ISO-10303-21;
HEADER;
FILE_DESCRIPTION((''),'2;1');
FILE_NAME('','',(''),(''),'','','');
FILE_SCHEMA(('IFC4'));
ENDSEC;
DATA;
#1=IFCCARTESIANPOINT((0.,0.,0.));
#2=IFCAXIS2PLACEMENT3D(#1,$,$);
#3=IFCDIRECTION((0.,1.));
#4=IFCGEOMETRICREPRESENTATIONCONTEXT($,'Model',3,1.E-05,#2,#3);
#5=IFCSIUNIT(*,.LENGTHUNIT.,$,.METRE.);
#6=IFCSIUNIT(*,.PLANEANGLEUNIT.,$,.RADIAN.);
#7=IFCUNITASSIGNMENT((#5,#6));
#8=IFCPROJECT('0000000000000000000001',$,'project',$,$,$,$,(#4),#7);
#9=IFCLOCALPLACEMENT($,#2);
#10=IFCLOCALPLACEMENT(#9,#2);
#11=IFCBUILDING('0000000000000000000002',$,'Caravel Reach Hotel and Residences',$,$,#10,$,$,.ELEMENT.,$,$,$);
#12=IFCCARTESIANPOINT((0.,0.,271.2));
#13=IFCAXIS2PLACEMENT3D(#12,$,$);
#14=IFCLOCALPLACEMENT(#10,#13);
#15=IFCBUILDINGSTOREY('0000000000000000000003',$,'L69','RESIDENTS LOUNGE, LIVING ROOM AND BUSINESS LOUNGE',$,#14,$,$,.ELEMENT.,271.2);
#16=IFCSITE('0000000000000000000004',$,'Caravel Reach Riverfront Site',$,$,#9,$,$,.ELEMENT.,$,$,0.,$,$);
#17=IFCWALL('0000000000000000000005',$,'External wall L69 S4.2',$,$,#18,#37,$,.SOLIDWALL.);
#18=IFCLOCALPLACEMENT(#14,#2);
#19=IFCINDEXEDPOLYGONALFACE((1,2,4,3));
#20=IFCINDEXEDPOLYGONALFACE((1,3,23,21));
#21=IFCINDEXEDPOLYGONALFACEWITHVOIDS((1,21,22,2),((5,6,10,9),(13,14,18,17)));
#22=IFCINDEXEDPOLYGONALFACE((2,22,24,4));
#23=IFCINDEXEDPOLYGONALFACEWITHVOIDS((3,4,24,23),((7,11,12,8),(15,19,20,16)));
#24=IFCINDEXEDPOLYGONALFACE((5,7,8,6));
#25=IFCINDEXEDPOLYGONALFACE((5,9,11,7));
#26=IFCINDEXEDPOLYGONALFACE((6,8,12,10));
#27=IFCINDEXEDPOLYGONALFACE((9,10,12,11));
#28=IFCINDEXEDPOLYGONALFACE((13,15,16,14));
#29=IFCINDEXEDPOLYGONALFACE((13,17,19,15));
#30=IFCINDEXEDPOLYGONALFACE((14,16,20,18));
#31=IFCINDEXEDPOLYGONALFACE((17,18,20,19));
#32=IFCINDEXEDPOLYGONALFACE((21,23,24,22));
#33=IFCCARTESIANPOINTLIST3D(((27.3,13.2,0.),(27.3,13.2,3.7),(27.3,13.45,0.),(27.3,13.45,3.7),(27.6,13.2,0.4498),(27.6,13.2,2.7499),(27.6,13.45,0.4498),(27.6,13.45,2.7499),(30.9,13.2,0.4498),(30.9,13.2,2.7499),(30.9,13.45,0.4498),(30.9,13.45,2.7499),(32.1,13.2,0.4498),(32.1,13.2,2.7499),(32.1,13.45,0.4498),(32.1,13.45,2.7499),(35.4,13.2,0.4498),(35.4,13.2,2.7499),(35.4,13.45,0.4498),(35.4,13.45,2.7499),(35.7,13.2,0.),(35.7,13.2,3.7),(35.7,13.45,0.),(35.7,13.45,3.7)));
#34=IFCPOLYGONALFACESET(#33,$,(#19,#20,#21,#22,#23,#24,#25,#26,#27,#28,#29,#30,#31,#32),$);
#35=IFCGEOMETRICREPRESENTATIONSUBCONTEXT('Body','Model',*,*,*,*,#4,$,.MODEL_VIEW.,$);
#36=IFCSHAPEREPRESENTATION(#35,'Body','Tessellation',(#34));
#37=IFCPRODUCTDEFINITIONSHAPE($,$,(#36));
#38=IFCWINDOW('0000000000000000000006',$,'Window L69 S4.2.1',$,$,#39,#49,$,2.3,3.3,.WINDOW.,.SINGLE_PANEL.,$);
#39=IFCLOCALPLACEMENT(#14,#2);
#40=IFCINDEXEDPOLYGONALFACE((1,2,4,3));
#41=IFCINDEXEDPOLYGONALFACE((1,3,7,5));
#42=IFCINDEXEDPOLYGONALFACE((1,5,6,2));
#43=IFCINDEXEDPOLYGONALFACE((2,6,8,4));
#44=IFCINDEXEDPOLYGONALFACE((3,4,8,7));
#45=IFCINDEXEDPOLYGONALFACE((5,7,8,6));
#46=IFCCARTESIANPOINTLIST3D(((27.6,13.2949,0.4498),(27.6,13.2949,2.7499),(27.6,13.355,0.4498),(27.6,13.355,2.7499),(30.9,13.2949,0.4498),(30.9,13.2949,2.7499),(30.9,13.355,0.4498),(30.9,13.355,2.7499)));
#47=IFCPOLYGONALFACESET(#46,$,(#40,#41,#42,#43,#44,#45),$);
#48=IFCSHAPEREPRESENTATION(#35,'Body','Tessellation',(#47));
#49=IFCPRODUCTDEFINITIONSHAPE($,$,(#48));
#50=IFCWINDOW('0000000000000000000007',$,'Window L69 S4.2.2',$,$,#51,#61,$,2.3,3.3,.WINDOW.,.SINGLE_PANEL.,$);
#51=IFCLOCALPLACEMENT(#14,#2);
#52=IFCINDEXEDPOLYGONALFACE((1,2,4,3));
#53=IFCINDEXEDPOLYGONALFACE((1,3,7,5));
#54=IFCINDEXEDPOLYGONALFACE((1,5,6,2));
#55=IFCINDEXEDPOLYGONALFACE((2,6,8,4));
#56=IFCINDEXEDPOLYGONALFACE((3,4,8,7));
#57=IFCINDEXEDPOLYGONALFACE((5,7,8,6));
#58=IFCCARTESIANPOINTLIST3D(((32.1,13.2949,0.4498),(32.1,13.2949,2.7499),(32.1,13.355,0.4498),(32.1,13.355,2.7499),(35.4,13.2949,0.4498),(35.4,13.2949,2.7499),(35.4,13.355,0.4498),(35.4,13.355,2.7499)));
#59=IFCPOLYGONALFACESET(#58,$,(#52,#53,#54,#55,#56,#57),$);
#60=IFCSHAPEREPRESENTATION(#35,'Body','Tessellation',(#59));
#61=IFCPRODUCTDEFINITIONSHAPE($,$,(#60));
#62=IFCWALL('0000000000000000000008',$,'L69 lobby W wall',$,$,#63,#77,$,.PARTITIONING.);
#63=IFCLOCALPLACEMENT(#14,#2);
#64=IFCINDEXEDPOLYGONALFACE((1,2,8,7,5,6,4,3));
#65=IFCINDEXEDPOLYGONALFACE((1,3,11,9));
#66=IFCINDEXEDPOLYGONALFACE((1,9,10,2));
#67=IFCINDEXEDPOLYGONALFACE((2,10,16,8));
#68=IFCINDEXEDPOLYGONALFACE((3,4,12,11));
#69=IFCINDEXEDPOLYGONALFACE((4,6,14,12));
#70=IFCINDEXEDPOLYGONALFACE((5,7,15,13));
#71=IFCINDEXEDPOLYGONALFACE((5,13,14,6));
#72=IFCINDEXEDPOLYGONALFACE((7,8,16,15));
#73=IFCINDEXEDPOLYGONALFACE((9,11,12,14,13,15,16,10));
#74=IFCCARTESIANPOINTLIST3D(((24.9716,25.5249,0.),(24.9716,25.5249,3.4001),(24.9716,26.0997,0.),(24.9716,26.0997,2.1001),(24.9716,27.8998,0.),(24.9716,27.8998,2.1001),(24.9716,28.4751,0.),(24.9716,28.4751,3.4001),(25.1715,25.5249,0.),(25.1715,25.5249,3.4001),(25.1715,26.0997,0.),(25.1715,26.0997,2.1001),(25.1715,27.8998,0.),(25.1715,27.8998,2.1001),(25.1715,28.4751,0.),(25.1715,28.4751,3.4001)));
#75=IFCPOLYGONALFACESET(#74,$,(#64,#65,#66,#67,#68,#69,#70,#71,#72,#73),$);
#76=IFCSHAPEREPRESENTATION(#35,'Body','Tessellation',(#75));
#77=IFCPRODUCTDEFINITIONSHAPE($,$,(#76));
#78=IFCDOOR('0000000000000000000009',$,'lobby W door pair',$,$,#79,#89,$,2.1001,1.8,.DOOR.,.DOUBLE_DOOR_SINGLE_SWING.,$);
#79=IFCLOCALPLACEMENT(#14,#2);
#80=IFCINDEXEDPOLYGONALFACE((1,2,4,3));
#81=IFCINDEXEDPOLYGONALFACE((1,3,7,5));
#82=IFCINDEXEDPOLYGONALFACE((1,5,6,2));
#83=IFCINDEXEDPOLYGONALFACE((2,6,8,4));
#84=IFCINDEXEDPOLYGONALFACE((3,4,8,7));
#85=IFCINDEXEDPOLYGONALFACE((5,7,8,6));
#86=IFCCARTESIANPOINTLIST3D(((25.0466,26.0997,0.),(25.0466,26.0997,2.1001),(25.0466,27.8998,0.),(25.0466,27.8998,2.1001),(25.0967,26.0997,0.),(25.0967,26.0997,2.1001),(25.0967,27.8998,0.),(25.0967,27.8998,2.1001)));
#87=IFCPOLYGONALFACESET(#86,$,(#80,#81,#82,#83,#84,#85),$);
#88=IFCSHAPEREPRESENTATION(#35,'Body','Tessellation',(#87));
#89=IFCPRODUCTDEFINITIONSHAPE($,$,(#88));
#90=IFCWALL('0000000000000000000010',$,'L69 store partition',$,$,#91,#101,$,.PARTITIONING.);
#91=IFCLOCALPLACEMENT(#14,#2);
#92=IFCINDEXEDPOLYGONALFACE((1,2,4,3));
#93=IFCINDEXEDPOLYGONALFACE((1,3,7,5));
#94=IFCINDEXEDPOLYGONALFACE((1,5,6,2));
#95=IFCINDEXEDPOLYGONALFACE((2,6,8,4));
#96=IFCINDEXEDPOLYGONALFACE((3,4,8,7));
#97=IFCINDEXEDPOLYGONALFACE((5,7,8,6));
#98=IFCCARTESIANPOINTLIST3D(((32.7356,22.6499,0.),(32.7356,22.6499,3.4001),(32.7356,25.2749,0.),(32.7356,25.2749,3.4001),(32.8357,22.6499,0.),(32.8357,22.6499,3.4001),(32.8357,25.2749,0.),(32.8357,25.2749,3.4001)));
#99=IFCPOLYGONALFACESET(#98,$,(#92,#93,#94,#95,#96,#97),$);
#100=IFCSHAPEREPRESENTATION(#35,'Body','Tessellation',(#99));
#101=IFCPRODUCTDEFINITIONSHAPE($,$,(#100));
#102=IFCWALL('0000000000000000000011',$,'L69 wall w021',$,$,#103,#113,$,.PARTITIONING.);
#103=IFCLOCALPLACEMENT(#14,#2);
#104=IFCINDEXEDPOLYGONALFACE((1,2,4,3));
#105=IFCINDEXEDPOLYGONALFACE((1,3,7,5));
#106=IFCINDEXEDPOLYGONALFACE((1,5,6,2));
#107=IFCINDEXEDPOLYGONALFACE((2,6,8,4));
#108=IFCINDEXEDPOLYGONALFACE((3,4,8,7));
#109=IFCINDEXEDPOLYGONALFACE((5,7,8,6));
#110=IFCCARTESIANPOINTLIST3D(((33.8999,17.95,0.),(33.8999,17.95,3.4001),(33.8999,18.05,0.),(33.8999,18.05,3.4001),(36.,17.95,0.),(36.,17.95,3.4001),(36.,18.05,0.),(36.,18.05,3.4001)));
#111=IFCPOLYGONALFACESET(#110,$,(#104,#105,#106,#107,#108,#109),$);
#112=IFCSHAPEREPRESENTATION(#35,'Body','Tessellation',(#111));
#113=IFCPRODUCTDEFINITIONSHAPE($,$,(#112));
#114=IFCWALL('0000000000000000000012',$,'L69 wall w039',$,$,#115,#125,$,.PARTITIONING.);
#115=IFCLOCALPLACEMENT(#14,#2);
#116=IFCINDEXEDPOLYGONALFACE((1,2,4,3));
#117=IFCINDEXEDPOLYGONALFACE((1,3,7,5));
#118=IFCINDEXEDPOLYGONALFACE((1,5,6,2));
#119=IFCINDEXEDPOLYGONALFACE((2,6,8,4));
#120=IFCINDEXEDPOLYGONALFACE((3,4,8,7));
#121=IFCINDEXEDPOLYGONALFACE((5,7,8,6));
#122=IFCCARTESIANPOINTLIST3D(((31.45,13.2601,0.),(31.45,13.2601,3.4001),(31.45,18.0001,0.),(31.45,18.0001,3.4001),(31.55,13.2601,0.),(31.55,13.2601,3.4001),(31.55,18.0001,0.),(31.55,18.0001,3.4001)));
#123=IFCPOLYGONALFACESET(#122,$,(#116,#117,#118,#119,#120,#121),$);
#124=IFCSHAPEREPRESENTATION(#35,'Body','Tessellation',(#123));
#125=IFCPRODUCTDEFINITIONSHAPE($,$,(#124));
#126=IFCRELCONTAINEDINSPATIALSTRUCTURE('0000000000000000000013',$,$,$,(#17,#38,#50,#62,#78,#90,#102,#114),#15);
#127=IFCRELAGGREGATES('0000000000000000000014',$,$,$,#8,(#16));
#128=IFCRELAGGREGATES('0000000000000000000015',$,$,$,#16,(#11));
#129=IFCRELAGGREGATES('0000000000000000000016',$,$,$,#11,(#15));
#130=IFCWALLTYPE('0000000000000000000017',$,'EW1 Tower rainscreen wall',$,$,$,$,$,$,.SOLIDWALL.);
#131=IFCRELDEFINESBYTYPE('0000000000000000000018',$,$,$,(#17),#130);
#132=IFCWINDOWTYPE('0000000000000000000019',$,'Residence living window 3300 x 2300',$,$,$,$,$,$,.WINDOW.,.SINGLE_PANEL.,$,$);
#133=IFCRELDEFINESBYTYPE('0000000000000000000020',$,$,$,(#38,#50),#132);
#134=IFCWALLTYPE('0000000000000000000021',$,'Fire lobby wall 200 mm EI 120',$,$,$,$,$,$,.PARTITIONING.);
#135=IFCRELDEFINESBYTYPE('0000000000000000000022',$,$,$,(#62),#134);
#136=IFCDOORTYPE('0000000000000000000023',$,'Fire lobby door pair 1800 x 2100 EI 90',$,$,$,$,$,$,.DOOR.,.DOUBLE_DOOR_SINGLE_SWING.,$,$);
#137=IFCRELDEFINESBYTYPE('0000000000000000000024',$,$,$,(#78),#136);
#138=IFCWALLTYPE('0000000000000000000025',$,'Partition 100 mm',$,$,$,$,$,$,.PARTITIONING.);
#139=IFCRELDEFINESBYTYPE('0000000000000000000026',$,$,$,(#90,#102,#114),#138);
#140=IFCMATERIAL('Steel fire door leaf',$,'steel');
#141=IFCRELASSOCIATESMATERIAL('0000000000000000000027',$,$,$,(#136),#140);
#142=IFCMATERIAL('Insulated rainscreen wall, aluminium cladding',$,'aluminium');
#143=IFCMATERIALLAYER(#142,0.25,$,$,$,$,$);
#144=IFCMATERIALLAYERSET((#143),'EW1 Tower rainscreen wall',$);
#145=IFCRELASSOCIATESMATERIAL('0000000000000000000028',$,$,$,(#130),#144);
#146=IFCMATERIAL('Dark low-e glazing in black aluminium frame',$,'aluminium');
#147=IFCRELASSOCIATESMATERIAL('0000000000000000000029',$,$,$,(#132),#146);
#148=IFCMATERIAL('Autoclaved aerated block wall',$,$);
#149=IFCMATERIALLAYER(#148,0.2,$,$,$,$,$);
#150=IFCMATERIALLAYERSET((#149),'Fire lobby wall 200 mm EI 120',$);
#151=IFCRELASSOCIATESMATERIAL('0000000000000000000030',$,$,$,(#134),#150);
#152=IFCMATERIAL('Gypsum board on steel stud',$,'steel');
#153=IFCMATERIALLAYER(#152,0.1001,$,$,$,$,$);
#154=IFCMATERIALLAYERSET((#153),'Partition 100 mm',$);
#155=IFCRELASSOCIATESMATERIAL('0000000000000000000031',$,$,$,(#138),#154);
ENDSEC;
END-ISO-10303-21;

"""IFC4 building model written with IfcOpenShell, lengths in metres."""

from ifc_helpers import new_model, si_unit, direction, frame, frame_2d, origin, place, context, subcontext, project, spatial, rectangle, extrude, material, layer, layer_set, type_object, element, fill, save


model = new_model("IFC4")

# Units and contexts
model_context = context("Model", 3, precision=1e-05, world=origin(), true_north=direction((0.0, 1.0)))
body_context = subcontext(model_context, "Body", "Model", "MODEL_VIEW")
ifc_project = project(units=[si_unit("LENGTHUNIT", "METRE"), si_unit("PLANEANGLEUNIT", "RADIAN")], contexts=[model_context])

# Site, building, storey
site_placement = place(None, origin())
site = spatial("IfcSite", under=ifc_project, at=site_placement, Name="Caravel Reach Riverfront Site", CompositionType="ELEMENT", RefElevation=0.0)
building_placement = place(site_placement, origin())
building = spatial("IfcBuilding", under=site, at=building_placement, Name="Caravel Reach Hotel and Residences", CompositionType="ELEMENT")
storey_placement = place(building_placement, frame((0.0, 0.0, 271.2)))
storey = spatial("IfcBuildingStorey", under=building, at=storey_placement, Name="L69", Description="RESIDENTS LOUNGE, LIVING ROOM AND BUSINESS LOUNGE", CompositionType="ELEMENT", Elevation=271.2)

# Shared definitions
ifc_material_1 = material(Name="Steel fire door leaf", Category="steel")
door_type = type_object("IfcDoorType", Name="Fire lobby door pair 1800 x 2100 EI 90", OperationType="DOUBLE_DOOR_SINGLE_SWING", PredefinedType="DOOR", material=ifc_material_1)

# Wall, openings, windows
ifc_material_2 = material(Name="Insulated rainscreen wall, aluminium cladding", Category="aluminium")
ifc_layer_1 = layer(ifc_material_2, 0.25)
ifc_layer_set_1 = layer_set([ifc_layer_1], Name="EW1 Tower rainscreen wall")
wall_type_1 = type_object("IfcWallType", Name="EW1 Tower rainscreen wall", PredefinedType="SOLIDWALL", material=ifc_layer_set_1)
wall_1_placement = place(storey_placement, frame((27.3, 13.325, 0.0), z_axis=(0.0, 0.0, 1.0), x_axis=(1.0, 0.0, 0.0)))
wall_1 = element("IfcWall", 1, at=wall_1_placement, inside=storey, type_object=wall_type_1, Name="External wall L69 S4.2", PredefinedType="SOLIDWALL", context=body_context, shape_type="SweptSolid", body=[
    extrude(rectangle(XDim=8.3999, YDim=0.25, at=frame_2d((4.2, 0.0))), origin(), (0.0, 0.0, 1.0), 3.7),
])
opening_1_placement = place(wall_1_placement, frame((0.3, 0.0, 0.45)))
opening_1 = element("IfcOpeningElement", 2, at=opening_1_placement, cuts=wall_1, PredefinedType="OPENING", context=body_context, shape_type="SweptSolid", body=[
    extrude(rectangle(XDim=3.3, YDim=2.3, at=frame_2d((1.6499, 1.1499))), frame((0.0, 0.135, 0.0), z_axis=(0.0, -1.0, 0.0), x_axis=(1.0, 0.0, 0.0)), (0.0, 0.0, 1.0), 0.27),
])
opening_2_placement = place(wall_1_placement, frame((4.8, 0.0, 0.45)))
opening_2 = element("IfcOpeningElement", 3, at=opening_2_placement, cuts=wall_1, PredefinedType="OPENING", context=body_context, shape_type="SweptSolid", body=[
    extrude(rectangle(XDim=3.3, YDim=2.3, at=frame_2d((1.6499, 1.1499))), frame((0.0, 0.135, 0.0), z_axis=(0.0, -1.0, 0.0), x_axis=(1.0, 0.0, 0.0)), (0.0, 0.0, 1.0), 0.27),
])
ifc_material_3 = material(Name="Dark low-e glazing in black aluminium frame", Category="aluminium")
window_type = type_object("IfcWindowType", Name="Residence living window 3300 x 2300", PartitioningType="SINGLE_PANEL", PredefinedType="WINDOW", material=ifc_material_3)
window_1_placement = place(opening_1_placement, origin())
window_1 = element("IfcWindow", 4, at=window_1_placement, inside=storey, type_object=window_type, Name="Window L69 S4.2.1", OverallHeight=2.3, OverallWidth=3.3, PartitioningType="SINGLE_PANEL", PredefinedType="WINDOW", context=body_context, shape_type="SweptSolid", body=[
    extrude(rectangle(XDim=3.3, YDim=2.3, at=frame_2d((1.6499, 1.1499))), frame((0.0, 0.03, 0.0), z_axis=(0.0, -1.0, 0.0), x_axis=(1.0, 0.0, 0.0)), (0.0, 0.0, 1.0), 0.0601),
])
fill(opening_1, window_1)
window_2_placement = place(opening_2_placement, origin())
window_2 = element("IfcWindow", 5, at=window_2_placement, inside=storey, type_object=window_type, Name="Window L69 S4.2.2", OverallHeight=2.3, OverallWidth=3.3, PartitioningType="SINGLE_PANEL", PredefinedType="WINDOW", context=body_context, shape_type="SweptSolid", body=[
    extrude(rectangle(XDim=3.3, YDim=2.3, at=frame_2d((1.6499, 1.1499))), frame((0.0, 0.03, 0.0), z_axis=(0.0, -1.0, 0.0), x_axis=(1.0, 0.0, 0.0)), (0.0, 0.0, 1.0), 0.0601),
])
fill(opening_2, window_2)

# Wall, opening, door
ifc_material_4 = material(Name="Autoclaved aerated block wall")
ifc_layer_2 = layer(ifc_material_4, 0.2)
ifc_layer_set_2 = layer_set([ifc_layer_2], Name="Fire lobby wall 200 mm EI 120")
wall_type_2 = type_object("IfcWallType", Name="Fire lobby wall 200 mm EI 120", PredefinedType="PARTITIONING", material=ifc_layer_set_2)
wall_2_placement = place(storey_placement, frame((25.0715, 25.5249, 0.0), z_axis=(0.0, 0.0, 1.0), x_axis=(0.0, 1.0, 0.0)))
wall_2 = element("IfcWall", 6, at=wall_2_placement, inside=storey, type_object=wall_type_2, Name="L69 lobby W wall", PredefinedType="PARTITIONING", context=body_context, shape_type="SweptSolid", body=[
    extrude(rectangle(XDim=2.9502, YDim=0.2, at=frame_2d((1.4751, 0.0))), origin(), (0.0, 0.0, 1.0), 3.4001),
])
opening_3_placement = place(wall_2_placement, frame((0.575, 0.0, 0.0)))
opening_3 = element("IfcOpeningElement", 7, at=opening_3_placement, cuts=wall_2, PredefinedType="OPENING", context=body_context, shape_type="SweptSolid", body=[
    extrude(rectangle(XDim=1.8, YDim=2.1001, at=frame_2d((0.8999, 1.05))), frame((0.0, 0.1099, 0.0), z_axis=(0.0, -1.0, 0.0), x_axis=(1.0, 0.0, 0.0)), (0.0, 0.0, 1.0), 0.22),
])
door_1_placement = place(opening_3_placement, origin())
door_1 = element("IfcDoor", 8, at=door_1_placement, inside=storey, type_object=door_type, Name="lobby W door pair", OperationType="DOUBLE_DOOR_SINGLE_SWING", OverallHeight=2.1001, OverallWidth=1.8, PredefinedType="DOOR", context=body_context, shape_type="SweptSolid", body=[
    extrude(rectangle(XDim=1.8, YDim=2.1001, at=frame_2d((0.8999, 1.05))), frame((0.0, 0.0249, 0.0), z_axis=(0.0, -1.0, 0.0), x_axis=(1.0, 0.0, 0.0)), (0.0, 0.0, 1.0), 0.05),
])
fill(opening_3, door_1)

# Walls
ifc_material_5 = material(Name="Gypsum board on steel stud", Category="steel")
ifc_layer_3 = layer(ifc_material_5, 0.1001)
ifc_layer_set_3 = layer_set([ifc_layer_3], Name="Partition 100 mm")
wall_type_3 = type_object("IfcWallType", Name="Partition 100 mm", PredefinedType="PARTITIONING", material=ifc_layer_set_3)
wall_3_placement = place(storey_placement, frame((32.7856, 22.6499, 0.0), z_axis=(0.0, 0.0, 1.0), x_axis=(0.0, 1.0, 0.0)))
element("IfcWall", 9, at=wall_3_placement, inside=storey, type_object=wall_type_3, Name="L69 store partition", PredefinedType="PARTITIONING", context=body_context, shape_type="SweptSolid", body=[
    extrude(rectangle(XDim=2.625, YDim=0.1001, at=frame_2d((1.3125, 0.0))), origin(), (0.0, 0.0, 1.0), 3.4001),
])
wall_4_placement = place(storey_placement, frame((33.8999, 18.0, 0.0), z_axis=(0.0, 0.0, 1.0), x_axis=(1.0, 0.0, 0.0)))
element("IfcWall", 10, at=wall_4_placement, inside=storey, type_object=wall_type_3, Name="L69 wall w021", PredefinedType="PARTITIONING", context=body_context, shape_type="SweptSolid", body=[
    extrude(rectangle(XDim=2.1001, YDim=0.1001, at=frame_2d((1.05, 0.0))), origin(), (0.0, 0.0, 1.0), 3.4001),
])
wall_5_placement = place(storey_placement, frame((31.5, 13.26, 0.0), z_axis=(0.0, 0.0, 1.0), x_axis=(0.0, 1.0, 0.0)))
element("IfcWall", 11, at=wall_5_placement, inside=storey, type_object=wall_type_3, Name="L69 wall w039", PredefinedType="PARTITIONING", context=body_context, shape_type="SweptSolid", body=[
    extrude(rectangle(XDim=4.74, YDim=0.1001, at=frame_2d((2.3701, 0.0))), origin(), (0.0, 0.0, 1.0), 3.4001),
])

save(model, "model.ifc")
